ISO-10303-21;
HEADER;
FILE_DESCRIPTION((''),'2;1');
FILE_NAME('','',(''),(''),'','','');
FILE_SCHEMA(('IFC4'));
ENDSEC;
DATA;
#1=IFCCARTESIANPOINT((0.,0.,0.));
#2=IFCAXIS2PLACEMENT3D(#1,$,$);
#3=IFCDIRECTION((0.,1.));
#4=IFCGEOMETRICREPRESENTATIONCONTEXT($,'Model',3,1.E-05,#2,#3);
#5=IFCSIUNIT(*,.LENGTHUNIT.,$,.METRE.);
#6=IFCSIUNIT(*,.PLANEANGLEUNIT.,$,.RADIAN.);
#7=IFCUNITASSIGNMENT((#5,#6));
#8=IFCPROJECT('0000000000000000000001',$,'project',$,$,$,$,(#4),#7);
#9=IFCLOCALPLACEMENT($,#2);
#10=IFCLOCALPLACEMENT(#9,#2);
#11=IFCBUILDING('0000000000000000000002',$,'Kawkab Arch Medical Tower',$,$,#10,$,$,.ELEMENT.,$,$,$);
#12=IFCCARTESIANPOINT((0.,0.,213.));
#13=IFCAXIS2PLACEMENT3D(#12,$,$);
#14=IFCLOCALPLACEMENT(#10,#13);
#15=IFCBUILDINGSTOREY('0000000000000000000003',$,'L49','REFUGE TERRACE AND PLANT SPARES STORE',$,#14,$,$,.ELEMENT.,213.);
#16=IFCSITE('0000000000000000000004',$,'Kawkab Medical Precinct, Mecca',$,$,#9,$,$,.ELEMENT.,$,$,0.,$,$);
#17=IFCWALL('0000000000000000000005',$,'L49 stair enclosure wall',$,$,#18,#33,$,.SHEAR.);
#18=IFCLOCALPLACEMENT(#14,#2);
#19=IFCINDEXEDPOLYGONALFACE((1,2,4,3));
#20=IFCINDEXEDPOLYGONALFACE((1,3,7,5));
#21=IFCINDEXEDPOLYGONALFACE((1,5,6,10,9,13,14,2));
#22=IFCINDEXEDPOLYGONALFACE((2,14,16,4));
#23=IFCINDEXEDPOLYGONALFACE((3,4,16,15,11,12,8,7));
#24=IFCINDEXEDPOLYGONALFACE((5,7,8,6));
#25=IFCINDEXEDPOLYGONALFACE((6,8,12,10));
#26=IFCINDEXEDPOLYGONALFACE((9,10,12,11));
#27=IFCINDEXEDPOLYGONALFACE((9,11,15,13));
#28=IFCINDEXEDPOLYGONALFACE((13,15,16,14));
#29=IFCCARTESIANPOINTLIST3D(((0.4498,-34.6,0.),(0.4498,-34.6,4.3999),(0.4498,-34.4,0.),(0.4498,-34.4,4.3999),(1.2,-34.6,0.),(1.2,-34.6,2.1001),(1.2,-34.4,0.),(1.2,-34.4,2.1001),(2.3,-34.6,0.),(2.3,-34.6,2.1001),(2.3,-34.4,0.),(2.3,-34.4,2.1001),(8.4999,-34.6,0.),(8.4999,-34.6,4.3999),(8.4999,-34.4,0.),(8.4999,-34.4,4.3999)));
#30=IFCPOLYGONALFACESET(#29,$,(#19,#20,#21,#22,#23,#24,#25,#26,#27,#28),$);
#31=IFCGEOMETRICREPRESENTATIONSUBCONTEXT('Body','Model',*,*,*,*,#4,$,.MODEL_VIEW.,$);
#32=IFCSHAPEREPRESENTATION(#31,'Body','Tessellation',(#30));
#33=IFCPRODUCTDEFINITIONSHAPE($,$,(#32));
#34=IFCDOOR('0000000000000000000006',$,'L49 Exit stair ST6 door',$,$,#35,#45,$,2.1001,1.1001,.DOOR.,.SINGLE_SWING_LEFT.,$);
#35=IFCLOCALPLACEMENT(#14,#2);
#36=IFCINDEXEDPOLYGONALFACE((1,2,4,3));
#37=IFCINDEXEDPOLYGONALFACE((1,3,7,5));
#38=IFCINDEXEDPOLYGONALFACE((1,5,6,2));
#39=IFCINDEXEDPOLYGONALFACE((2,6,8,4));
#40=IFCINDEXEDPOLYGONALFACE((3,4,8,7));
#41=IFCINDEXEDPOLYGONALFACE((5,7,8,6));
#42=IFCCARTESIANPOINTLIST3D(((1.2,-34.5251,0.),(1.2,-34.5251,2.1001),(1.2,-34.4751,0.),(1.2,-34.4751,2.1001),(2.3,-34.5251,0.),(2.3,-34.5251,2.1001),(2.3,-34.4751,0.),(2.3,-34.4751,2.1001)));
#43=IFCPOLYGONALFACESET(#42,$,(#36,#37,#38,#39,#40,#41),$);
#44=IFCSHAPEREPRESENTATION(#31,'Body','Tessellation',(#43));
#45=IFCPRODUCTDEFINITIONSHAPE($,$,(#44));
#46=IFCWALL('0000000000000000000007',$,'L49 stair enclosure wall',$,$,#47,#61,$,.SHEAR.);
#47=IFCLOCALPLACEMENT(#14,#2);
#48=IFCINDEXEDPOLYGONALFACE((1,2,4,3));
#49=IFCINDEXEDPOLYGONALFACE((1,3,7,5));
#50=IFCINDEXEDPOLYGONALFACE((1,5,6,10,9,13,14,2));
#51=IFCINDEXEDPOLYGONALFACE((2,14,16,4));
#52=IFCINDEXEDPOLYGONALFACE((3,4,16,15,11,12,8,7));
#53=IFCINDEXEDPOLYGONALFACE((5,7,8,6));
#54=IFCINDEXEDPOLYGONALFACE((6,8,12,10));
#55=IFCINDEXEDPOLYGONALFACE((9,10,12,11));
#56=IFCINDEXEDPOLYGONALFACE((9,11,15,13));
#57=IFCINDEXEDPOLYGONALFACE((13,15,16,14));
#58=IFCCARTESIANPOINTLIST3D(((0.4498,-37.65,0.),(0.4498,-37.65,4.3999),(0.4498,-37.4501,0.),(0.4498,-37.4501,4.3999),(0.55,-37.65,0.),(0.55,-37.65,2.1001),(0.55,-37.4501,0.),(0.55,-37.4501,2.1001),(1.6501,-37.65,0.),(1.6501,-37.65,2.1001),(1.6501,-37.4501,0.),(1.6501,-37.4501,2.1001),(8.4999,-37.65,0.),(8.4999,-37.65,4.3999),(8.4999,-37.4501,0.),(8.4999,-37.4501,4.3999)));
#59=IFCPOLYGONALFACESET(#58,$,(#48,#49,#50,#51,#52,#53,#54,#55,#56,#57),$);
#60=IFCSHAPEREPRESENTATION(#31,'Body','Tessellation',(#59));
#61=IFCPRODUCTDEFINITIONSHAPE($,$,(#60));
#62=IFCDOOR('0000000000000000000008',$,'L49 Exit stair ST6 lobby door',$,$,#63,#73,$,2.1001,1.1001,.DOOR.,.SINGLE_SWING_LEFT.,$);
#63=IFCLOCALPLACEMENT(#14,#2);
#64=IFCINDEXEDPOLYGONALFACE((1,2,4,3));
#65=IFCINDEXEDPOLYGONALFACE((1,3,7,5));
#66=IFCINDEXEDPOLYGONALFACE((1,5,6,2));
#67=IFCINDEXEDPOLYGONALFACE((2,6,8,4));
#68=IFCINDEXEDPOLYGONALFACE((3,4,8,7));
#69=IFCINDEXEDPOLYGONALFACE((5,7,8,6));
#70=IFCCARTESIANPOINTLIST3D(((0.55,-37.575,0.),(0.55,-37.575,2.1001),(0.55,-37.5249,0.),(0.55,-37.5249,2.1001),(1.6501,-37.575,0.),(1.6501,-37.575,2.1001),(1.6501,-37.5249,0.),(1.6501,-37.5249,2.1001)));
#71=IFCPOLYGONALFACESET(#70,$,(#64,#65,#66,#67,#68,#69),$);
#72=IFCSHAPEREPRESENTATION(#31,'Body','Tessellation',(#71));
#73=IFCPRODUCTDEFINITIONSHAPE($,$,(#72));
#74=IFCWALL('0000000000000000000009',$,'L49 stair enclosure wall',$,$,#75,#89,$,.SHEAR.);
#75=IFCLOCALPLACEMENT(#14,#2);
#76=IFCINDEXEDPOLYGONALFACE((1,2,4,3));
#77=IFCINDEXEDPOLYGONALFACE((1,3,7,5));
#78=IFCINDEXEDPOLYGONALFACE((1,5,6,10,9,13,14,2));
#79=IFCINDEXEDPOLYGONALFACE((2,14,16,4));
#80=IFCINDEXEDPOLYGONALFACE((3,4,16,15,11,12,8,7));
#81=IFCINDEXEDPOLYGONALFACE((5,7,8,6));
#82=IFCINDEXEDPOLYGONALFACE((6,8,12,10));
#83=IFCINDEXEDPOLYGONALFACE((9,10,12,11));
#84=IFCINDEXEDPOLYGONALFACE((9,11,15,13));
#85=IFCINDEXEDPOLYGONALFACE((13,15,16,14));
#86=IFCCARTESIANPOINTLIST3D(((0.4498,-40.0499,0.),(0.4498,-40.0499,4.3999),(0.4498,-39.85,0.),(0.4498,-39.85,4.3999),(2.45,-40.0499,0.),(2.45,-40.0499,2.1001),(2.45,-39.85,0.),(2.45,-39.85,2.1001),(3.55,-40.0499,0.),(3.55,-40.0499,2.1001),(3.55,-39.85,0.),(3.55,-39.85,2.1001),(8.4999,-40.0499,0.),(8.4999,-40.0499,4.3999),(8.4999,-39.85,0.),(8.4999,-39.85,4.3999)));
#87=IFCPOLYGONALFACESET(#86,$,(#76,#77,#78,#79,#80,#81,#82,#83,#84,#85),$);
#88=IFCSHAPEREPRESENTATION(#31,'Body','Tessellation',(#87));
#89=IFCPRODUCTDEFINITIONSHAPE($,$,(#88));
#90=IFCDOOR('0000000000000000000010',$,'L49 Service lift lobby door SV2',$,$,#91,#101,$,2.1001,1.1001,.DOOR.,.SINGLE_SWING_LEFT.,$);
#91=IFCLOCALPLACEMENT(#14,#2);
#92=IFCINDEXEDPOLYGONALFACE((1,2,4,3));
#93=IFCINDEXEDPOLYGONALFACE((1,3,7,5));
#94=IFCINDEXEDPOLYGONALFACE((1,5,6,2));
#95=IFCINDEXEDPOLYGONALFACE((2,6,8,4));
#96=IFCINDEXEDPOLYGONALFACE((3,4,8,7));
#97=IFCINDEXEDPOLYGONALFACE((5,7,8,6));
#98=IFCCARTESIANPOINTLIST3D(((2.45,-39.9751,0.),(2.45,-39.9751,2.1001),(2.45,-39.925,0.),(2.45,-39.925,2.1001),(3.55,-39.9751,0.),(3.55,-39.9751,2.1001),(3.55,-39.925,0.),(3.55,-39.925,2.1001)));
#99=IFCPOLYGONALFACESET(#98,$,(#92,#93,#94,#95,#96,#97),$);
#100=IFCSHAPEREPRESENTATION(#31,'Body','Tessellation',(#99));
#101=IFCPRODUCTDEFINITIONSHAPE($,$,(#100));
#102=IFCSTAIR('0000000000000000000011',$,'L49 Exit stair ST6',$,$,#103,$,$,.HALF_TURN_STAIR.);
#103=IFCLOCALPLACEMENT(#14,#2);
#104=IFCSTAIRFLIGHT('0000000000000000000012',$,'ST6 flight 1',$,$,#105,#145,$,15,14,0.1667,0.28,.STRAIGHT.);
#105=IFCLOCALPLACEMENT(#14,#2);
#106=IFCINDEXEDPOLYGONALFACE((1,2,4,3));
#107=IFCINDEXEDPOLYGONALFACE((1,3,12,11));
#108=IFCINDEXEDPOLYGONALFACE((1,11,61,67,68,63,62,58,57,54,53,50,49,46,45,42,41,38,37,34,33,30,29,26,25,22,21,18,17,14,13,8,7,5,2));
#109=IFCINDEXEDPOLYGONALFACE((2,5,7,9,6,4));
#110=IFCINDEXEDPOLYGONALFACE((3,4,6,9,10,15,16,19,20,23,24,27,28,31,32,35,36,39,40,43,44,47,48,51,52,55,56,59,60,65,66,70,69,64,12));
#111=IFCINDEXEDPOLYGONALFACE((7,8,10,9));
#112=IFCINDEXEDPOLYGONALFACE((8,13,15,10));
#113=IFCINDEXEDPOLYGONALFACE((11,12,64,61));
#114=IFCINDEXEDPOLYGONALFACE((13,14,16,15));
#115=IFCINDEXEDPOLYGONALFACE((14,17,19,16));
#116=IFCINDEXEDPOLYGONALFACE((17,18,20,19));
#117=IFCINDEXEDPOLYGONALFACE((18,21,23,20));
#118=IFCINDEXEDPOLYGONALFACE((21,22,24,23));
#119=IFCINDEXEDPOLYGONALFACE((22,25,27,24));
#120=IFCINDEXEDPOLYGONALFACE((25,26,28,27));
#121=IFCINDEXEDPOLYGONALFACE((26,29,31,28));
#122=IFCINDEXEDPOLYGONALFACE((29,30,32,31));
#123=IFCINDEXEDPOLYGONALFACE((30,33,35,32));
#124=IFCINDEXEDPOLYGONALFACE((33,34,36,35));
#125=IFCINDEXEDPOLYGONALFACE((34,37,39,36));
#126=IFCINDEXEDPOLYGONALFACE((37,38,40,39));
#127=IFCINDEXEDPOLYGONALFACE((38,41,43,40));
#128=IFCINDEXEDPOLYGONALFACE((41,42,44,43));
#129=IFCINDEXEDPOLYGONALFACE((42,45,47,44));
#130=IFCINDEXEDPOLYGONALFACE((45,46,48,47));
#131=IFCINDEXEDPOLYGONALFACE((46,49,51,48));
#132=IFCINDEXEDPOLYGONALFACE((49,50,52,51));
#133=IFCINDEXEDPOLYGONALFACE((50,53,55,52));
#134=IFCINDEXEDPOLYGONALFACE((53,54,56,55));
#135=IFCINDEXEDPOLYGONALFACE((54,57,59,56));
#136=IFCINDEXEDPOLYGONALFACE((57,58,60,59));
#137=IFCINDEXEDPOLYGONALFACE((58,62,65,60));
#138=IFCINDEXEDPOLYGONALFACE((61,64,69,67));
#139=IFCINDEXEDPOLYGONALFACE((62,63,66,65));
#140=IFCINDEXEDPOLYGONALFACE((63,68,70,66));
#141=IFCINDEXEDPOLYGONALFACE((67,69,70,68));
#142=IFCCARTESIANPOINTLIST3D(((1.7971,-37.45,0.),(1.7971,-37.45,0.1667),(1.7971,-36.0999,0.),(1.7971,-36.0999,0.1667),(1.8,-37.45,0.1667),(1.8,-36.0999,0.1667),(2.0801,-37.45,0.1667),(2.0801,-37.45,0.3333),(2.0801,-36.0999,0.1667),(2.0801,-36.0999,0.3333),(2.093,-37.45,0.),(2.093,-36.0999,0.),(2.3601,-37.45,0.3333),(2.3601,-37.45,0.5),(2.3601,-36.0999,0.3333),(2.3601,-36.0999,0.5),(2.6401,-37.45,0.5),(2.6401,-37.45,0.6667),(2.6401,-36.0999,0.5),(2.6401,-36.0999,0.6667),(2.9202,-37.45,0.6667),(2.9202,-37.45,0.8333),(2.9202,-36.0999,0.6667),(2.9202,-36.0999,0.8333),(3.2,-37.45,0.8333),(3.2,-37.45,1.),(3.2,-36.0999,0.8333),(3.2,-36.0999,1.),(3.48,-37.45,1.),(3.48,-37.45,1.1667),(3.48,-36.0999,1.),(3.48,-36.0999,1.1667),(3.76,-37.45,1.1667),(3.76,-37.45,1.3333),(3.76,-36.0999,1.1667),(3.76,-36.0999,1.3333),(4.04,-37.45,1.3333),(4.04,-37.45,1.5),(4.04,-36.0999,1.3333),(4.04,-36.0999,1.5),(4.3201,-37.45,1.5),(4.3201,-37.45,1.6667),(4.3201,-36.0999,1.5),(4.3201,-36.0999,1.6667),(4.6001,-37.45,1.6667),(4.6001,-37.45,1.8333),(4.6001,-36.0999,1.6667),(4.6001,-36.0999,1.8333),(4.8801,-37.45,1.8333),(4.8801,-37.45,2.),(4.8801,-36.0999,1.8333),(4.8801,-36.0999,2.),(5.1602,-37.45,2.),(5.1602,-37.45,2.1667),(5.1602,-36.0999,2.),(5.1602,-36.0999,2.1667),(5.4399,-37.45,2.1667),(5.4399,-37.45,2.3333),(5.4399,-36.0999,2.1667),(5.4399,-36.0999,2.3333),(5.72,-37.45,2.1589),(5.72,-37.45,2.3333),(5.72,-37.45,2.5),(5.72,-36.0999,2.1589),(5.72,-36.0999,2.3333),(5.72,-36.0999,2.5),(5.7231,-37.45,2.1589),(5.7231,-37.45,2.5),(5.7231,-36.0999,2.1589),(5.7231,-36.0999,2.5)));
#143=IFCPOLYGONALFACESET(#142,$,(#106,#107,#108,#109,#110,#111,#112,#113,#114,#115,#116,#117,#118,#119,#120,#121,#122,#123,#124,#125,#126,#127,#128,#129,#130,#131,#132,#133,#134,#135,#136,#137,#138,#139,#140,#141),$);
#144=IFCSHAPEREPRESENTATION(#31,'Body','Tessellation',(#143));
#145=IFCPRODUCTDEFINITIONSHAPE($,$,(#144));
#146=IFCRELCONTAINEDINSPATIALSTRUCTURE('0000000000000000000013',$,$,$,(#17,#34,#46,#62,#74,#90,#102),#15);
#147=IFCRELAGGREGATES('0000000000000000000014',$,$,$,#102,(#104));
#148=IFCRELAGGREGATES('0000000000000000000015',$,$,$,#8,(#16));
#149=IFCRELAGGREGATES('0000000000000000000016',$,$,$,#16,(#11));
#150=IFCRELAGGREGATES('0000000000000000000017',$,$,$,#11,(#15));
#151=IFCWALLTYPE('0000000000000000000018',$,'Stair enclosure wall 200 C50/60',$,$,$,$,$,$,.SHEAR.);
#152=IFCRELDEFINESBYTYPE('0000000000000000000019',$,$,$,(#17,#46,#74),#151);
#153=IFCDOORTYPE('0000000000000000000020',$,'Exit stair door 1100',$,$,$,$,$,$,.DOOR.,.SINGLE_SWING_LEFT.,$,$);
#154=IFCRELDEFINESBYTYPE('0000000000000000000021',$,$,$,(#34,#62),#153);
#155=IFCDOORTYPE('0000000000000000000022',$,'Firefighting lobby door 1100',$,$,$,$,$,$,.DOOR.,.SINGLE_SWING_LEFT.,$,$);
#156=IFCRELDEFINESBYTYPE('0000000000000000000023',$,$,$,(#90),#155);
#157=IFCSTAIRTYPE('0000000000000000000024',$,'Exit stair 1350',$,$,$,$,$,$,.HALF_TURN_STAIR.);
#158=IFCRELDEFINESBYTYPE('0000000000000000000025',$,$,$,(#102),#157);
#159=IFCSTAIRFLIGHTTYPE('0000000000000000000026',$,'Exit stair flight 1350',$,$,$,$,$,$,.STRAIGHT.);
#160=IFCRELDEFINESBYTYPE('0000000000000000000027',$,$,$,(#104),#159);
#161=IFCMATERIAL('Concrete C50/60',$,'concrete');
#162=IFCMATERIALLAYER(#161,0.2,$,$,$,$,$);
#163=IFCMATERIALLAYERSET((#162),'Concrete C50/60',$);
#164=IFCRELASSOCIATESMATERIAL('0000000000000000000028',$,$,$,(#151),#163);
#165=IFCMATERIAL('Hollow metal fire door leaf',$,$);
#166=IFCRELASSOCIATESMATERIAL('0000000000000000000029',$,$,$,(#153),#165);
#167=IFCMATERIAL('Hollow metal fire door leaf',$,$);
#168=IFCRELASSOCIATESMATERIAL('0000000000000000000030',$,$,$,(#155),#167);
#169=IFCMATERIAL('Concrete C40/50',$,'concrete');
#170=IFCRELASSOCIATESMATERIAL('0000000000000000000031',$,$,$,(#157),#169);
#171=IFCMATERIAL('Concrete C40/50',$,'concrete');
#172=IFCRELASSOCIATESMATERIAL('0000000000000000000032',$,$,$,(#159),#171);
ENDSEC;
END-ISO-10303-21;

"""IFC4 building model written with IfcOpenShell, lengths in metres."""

from ifc_helpers import new_model, si_unit, direction, frame, frame_2d, origin, place, context, subcontext, project, spatial, polyline, rectangle, outline, extrude, material, layer, layer_set, type_object, element, fill, aggregate, save


model = new_model("IFC4")

# Units and contexts
model_context = context("Model", 3, precision=1e-05, world=origin(), true_north=direction((0.0, 1.0)))
body_context = subcontext(model_context, "Body", "Model", "MODEL_VIEW")
ifc_project = project(units=[si_unit("LENGTHUNIT", "METRE"), si_unit("PLANEANGLEUNIT", "RADIAN")], contexts=[model_context])

# Site, building, storey
site_placement = place(None, origin())
site = spatial("IfcSite", under=ifc_project, at=site_placement, Name="Kawkab Medical Precinct, Mecca", CompositionType="ELEMENT", RefElevation=0.0)
building_placement = place(site_placement, origin())
building = spatial("IfcBuilding", under=site, at=building_placement, Name="Kawkab Arch Medical Tower", CompositionType="ELEMENT")
storey_placement = place(building_placement, frame((0.0, 0.0, 213.0)))
storey = spatial("IfcBuildingStorey", under=building, at=storey_placement, Name="L49", Description="REFUGE TERRACE AND PLANT SPARES STORE", CompositionType="ELEMENT", Elevation=213.0)

# Shared definitions
placement = place(storey_placement, origin())

# Walls, openings, doors
ifc_material_1 = material(Name="Concrete C50/60", Category="concrete")
ifc_layer_1 = layer(ifc_material_1, 0.2)
ifc_layer_set_1 = layer_set([ifc_layer_1], Name="Concrete C50/60")
wall_type_1 = type_object("IfcWallType", Name="Stair enclosure wall 200 C50/60", PredefinedType="SHEAR", material=ifc_layer_set_1)
wall_1_placement = place(storey_placement, frame((0.45, -34.5, 0.0), z_axis=(0.0, 0.0, 1.0), x_axis=(1.0, 0.0, 0.0)))
wall_1 = element("IfcWall", 1, at=wall_1_placement, inside=storey, type_object=wall_type_1, Name="L49 stair enclosure wall", PredefinedType="SHEAR", context=body_context, shape_type="SweptSolid", body=[
    extrude(rectangle(XDim=8.05, YDim=0.2, at=frame_2d((4.0249, 0.0))), origin(), (0.0, 0.0, 1.0), 4.3999),
])
opening_1_placement = place(wall_1_placement, frame((0.75, 0.0, 0.0)))
opening_1 = element("IfcOpeningElement", 2, at=opening_1_placement, cuts=wall_1, PredefinedType="OPENING", context=body_context, shape_type="SweptSolid", body=[
    extrude(rectangle(XDim=1.1001, YDim=2.1001, at=frame_2d((0.55, 1.05))), frame((0.0, 0.1099, 0.0), z_axis=(0.0, -1.0, 0.0), x_axis=(1.0, 0.0, 0.0)), (0.0, 0.0, 1.0), 0.22),
])
ifc_material_2 = material(Name="Hollow metal fire door leaf")
door_type_1 = type_object("IfcDoorType", Name="Exit stair door 1100", OperationType="SINGLE_SWING_LEFT", PredefinedType="DOOR", material=ifc_material_2)
door_1_placement = place(opening_1_placement, origin())
door_1 = element("IfcDoor", 3, at=door_1_placement, inside=storey, type_object=door_type_1, Name="L49 Exit stair ST6 door", OperationType="SINGLE_SWING_LEFT", OverallHeight=2.1001, OverallWidth=1.1001, PredefinedType="DOOR", context=body_context, shape_type="SweptSolid", body=[
    extrude(rectangle(XDim=1.1001, YDim=2.1001, at=frame_2d((0.55, 1.05))), frame((0.0, 0.0249, 0.0), z_axis=(0.0, -1.0, 0.0), x_axis=(1.0, 0.0, 0.0)), (0.0, 0.0, 1.0), 0.05),
])
fill(opening_1, door_1)
wall_2_placement = place(storey_placement, frame((0.45, -37.55, 0.0), z_axis=(0.0, 0.0, 1.0), x_axis=(1.0, 0.0, 0.0)))
wall_2 = element("IfcWall", 4, at=wall_2_placement, inside=storey, type_object=wall_type_1, Name="L49 stair enclosure wall", PredefinedType="SHEAR", context=body_context, shape_type="SweptSolid", body=[
    extrude(rectangle(XDim=8.05, YDim=0.2, at=frame_2d((4.0249, 0.0))), origin(), (0.0, 0.0, 1.0), 4.3999),
])
opening_2_placement = place(wall_2_placement, frame((0.1001, 0.0, 0.0)))
opening_2 = element("IfcOpeningElement", 5, at=opening_2_placement, cuts=wall_2, PredefinedType="OPENING", context=body_context, shape_type="SweptSolid", body=[
    extrude(rectangle(XDim=1.1001, YDim=2.1001, at=frame_2d((0.55, 1.05))), frame((0.0, 0.1099, 0.0), z_axis=(0.0, -1.0, 0.0), x_axis=(1.0, 0.0, 0.0)), (0.0, 0.0, 1.0), 0.22),
])
door_2_placement = place(opening_2_placement, frame((1.1001, 0.0, 0.0), z_axis=(0.0, 0.0, 1.0), x_axis=(-1.0, 0.0, 0.0)))
door_2 = element("IfcDoor", 6, at=door_2_placement, inside=storey, type_object=door_type_1, Name="L49 Exit stair ST6 lobby door", OperationType="SINGLE_SWING_LEFT", OverallHeight=2.1001, OverallWidth=1.1001, PredefinedType="DOOR", context=body_context, shape_type="SweptSolid", body=[
    extrude(rectangle(XDim=1.1001, YDim=2.1001, at=frame_2d((0.55, 1.05))), frame((0.0, 0.0249, 0.0), z_axis=(0.0, -1.0, 0.0), x_axis=(1.0, 0.0, 0.0)), (0.0, 0.0, 1.0), 0.05),
])
fill(opening_2, door_2)
wall_3_placement = place(storey_placement, frame((0.45, -39.95, 0.0), z_axis=(0.0, 0.0, 1.0), x_axis=(1.0, 0.0, 0.0)))
wall_3 = element("IfcWall", 7, at=wall_3_placement, inside=storey, type_object=wall_type_1, Name="L49 stair enclosure wall", PredefinedType="SHEAR", context=body_context, shape_type="SweptSolid", body=[
    extrude(rectangle(XDim=8.05, YDim=0.2, at=frame_2d((4.0249, 0.0))), origin(), (0.0, 0.0, 1.0), 4.3999),
])
opening_3_placement = place(wall_3_placement, frame((2.0, 0.0, 0.0)))
opening_3 = element("IfcOpeningElement", 8, at=opening_3_placement, cuts=wall_3, PredefinedType="OPENING", context=body_context, shape_type="SweptSolid", body=[
    extrude(rectangle(XDim=1.1001, YDim=2.1001, at=frame_2d((0.55, 1.05))), frame((0.0, 0.1099, 0.0), z_axis=(0.0, -1.0, 0.0), x_axis=(1.0, 0.0, 0.0)), (0.0, 0.0, 1.0), 0.22),
])
ifc_material_3 = material(Name="Hollow metal fire door leaf")
door_type_2 = type_object("IfcDoorType", Name="Firefighting lobby door 1100", OperationType="SINGLE_SWING_LEFT", PredefinedType="DOOR", material=ifc_material_3)
door_3_placement = place(opening_3_placement, origin())
door_3 = element("IfcDoor", 9, at=door_3_placement, inside=storey, type_object=door_type_2, Name="L49 Service lift lobby door SV2", OperationType="SINGLE_SWING_LEFT", OverallHeight=2.1001, OverallWidth=1.1001, PredefinedType="DOOR", context=body_context, shape_type="SweptSolid", body=[
    extrude(rectangle(XDim=1.1001, YDim=2.1001, at=frame_2d((0.55, 1.05))), frame((0.0, 0.0249, 0.0), z_axis=(0.0, -1.0, 0.0), x_axis=(1.0, 0.0, 0.0)), (0.0, 0.0, 1.0), 0.05),
])
fill(opening_3, door_3)

# Stair, stair flight
ifc_material_4 = material(Name="Concrete C40/50", Category="concrete")
stair_type = type_object("IfcStairType", Name="Exit stair 1350", PredefinedType="HALF_TURN_STAIR", material=ifc_material_4)
stair = element("IfcStair", 10, at=placement, inside=storey, type_object=stair_type, Name="L49 Exit stair ST6", PredefinedType="HALF_TURN_STAIR")
ifc_material_5 = material(Name="Concrete C40/50", Category="concrete")
stair_flight_type = type_object("IfcStairFlightType", Name="Exit stair flight 1350", PredefinedType="STRAIGHT", material=ifc_material_5)
stair_flight_1_placement = place(storey_placement, frame((1.8, -36.7749, 0.0), z_axis=(0.0, 0.0, 1.0), x_axis=(1.0, 0.0, 0.0)))
stair_flight_1 = element("IfcStairFlight", 11, at=stair_flight_1_placement, type_object=stair_flight_type, Name="ST6 flight 1", NumberOfRisers=15, NumberOfTreads=14, PredefinedType="STRAIGHT", RiserHeight=0.1667, TreadLength=0.28, context=body_context, shape_type="SweptSolid", body=[
    extrude(outline(polyline([(-0.0029, 0.0), (-0.0029, 0.1667), (0.0, 0.1667), (0.28, 0.1667), (0.28, 0.3333), (0.5601, 0.3333), (0.5601, 0.5), (0.8401, 0.5), (0.8401, 0.6667), (1.1201, 0.6667), (1.1201, 0.8333), (1.3999, 0.8333), (1.3999, 1.0), (1.6799, 1.0), (1.6799, 1.1667), (1.96, 1.1667), (1.96, 1.3333), (2.24, 1.3333), (2.24, 1.5), (2.52, 1.5), (2.52, 1.6667), (2.8, 1.6667), (2.8, 1.8333), (3.0801, 1.8333), (3.0801, 2.0), (3.3601, 2.0), (3.3601, 2.1667), (3.6399, 2.1667), (3.6399, 2.3333), (3.9199, 2.3333), (3.9199, 2.5), (3.9231, 2.5), (3.9231, 2.1589), (3.9199, 2.1589), (0.293, 0.0), (-0.0029, 0.0)])), frame((0.0, 0.675, 0.0), z_axis=(0.0, -1.0, 0.0), x_axis=(1.0, 0.0, 0.0)), (0.0, 0.0, 1.0), 1.3501),
])
aggregate(stair, [stair_flight_1])

save(model, "model.ifc")
